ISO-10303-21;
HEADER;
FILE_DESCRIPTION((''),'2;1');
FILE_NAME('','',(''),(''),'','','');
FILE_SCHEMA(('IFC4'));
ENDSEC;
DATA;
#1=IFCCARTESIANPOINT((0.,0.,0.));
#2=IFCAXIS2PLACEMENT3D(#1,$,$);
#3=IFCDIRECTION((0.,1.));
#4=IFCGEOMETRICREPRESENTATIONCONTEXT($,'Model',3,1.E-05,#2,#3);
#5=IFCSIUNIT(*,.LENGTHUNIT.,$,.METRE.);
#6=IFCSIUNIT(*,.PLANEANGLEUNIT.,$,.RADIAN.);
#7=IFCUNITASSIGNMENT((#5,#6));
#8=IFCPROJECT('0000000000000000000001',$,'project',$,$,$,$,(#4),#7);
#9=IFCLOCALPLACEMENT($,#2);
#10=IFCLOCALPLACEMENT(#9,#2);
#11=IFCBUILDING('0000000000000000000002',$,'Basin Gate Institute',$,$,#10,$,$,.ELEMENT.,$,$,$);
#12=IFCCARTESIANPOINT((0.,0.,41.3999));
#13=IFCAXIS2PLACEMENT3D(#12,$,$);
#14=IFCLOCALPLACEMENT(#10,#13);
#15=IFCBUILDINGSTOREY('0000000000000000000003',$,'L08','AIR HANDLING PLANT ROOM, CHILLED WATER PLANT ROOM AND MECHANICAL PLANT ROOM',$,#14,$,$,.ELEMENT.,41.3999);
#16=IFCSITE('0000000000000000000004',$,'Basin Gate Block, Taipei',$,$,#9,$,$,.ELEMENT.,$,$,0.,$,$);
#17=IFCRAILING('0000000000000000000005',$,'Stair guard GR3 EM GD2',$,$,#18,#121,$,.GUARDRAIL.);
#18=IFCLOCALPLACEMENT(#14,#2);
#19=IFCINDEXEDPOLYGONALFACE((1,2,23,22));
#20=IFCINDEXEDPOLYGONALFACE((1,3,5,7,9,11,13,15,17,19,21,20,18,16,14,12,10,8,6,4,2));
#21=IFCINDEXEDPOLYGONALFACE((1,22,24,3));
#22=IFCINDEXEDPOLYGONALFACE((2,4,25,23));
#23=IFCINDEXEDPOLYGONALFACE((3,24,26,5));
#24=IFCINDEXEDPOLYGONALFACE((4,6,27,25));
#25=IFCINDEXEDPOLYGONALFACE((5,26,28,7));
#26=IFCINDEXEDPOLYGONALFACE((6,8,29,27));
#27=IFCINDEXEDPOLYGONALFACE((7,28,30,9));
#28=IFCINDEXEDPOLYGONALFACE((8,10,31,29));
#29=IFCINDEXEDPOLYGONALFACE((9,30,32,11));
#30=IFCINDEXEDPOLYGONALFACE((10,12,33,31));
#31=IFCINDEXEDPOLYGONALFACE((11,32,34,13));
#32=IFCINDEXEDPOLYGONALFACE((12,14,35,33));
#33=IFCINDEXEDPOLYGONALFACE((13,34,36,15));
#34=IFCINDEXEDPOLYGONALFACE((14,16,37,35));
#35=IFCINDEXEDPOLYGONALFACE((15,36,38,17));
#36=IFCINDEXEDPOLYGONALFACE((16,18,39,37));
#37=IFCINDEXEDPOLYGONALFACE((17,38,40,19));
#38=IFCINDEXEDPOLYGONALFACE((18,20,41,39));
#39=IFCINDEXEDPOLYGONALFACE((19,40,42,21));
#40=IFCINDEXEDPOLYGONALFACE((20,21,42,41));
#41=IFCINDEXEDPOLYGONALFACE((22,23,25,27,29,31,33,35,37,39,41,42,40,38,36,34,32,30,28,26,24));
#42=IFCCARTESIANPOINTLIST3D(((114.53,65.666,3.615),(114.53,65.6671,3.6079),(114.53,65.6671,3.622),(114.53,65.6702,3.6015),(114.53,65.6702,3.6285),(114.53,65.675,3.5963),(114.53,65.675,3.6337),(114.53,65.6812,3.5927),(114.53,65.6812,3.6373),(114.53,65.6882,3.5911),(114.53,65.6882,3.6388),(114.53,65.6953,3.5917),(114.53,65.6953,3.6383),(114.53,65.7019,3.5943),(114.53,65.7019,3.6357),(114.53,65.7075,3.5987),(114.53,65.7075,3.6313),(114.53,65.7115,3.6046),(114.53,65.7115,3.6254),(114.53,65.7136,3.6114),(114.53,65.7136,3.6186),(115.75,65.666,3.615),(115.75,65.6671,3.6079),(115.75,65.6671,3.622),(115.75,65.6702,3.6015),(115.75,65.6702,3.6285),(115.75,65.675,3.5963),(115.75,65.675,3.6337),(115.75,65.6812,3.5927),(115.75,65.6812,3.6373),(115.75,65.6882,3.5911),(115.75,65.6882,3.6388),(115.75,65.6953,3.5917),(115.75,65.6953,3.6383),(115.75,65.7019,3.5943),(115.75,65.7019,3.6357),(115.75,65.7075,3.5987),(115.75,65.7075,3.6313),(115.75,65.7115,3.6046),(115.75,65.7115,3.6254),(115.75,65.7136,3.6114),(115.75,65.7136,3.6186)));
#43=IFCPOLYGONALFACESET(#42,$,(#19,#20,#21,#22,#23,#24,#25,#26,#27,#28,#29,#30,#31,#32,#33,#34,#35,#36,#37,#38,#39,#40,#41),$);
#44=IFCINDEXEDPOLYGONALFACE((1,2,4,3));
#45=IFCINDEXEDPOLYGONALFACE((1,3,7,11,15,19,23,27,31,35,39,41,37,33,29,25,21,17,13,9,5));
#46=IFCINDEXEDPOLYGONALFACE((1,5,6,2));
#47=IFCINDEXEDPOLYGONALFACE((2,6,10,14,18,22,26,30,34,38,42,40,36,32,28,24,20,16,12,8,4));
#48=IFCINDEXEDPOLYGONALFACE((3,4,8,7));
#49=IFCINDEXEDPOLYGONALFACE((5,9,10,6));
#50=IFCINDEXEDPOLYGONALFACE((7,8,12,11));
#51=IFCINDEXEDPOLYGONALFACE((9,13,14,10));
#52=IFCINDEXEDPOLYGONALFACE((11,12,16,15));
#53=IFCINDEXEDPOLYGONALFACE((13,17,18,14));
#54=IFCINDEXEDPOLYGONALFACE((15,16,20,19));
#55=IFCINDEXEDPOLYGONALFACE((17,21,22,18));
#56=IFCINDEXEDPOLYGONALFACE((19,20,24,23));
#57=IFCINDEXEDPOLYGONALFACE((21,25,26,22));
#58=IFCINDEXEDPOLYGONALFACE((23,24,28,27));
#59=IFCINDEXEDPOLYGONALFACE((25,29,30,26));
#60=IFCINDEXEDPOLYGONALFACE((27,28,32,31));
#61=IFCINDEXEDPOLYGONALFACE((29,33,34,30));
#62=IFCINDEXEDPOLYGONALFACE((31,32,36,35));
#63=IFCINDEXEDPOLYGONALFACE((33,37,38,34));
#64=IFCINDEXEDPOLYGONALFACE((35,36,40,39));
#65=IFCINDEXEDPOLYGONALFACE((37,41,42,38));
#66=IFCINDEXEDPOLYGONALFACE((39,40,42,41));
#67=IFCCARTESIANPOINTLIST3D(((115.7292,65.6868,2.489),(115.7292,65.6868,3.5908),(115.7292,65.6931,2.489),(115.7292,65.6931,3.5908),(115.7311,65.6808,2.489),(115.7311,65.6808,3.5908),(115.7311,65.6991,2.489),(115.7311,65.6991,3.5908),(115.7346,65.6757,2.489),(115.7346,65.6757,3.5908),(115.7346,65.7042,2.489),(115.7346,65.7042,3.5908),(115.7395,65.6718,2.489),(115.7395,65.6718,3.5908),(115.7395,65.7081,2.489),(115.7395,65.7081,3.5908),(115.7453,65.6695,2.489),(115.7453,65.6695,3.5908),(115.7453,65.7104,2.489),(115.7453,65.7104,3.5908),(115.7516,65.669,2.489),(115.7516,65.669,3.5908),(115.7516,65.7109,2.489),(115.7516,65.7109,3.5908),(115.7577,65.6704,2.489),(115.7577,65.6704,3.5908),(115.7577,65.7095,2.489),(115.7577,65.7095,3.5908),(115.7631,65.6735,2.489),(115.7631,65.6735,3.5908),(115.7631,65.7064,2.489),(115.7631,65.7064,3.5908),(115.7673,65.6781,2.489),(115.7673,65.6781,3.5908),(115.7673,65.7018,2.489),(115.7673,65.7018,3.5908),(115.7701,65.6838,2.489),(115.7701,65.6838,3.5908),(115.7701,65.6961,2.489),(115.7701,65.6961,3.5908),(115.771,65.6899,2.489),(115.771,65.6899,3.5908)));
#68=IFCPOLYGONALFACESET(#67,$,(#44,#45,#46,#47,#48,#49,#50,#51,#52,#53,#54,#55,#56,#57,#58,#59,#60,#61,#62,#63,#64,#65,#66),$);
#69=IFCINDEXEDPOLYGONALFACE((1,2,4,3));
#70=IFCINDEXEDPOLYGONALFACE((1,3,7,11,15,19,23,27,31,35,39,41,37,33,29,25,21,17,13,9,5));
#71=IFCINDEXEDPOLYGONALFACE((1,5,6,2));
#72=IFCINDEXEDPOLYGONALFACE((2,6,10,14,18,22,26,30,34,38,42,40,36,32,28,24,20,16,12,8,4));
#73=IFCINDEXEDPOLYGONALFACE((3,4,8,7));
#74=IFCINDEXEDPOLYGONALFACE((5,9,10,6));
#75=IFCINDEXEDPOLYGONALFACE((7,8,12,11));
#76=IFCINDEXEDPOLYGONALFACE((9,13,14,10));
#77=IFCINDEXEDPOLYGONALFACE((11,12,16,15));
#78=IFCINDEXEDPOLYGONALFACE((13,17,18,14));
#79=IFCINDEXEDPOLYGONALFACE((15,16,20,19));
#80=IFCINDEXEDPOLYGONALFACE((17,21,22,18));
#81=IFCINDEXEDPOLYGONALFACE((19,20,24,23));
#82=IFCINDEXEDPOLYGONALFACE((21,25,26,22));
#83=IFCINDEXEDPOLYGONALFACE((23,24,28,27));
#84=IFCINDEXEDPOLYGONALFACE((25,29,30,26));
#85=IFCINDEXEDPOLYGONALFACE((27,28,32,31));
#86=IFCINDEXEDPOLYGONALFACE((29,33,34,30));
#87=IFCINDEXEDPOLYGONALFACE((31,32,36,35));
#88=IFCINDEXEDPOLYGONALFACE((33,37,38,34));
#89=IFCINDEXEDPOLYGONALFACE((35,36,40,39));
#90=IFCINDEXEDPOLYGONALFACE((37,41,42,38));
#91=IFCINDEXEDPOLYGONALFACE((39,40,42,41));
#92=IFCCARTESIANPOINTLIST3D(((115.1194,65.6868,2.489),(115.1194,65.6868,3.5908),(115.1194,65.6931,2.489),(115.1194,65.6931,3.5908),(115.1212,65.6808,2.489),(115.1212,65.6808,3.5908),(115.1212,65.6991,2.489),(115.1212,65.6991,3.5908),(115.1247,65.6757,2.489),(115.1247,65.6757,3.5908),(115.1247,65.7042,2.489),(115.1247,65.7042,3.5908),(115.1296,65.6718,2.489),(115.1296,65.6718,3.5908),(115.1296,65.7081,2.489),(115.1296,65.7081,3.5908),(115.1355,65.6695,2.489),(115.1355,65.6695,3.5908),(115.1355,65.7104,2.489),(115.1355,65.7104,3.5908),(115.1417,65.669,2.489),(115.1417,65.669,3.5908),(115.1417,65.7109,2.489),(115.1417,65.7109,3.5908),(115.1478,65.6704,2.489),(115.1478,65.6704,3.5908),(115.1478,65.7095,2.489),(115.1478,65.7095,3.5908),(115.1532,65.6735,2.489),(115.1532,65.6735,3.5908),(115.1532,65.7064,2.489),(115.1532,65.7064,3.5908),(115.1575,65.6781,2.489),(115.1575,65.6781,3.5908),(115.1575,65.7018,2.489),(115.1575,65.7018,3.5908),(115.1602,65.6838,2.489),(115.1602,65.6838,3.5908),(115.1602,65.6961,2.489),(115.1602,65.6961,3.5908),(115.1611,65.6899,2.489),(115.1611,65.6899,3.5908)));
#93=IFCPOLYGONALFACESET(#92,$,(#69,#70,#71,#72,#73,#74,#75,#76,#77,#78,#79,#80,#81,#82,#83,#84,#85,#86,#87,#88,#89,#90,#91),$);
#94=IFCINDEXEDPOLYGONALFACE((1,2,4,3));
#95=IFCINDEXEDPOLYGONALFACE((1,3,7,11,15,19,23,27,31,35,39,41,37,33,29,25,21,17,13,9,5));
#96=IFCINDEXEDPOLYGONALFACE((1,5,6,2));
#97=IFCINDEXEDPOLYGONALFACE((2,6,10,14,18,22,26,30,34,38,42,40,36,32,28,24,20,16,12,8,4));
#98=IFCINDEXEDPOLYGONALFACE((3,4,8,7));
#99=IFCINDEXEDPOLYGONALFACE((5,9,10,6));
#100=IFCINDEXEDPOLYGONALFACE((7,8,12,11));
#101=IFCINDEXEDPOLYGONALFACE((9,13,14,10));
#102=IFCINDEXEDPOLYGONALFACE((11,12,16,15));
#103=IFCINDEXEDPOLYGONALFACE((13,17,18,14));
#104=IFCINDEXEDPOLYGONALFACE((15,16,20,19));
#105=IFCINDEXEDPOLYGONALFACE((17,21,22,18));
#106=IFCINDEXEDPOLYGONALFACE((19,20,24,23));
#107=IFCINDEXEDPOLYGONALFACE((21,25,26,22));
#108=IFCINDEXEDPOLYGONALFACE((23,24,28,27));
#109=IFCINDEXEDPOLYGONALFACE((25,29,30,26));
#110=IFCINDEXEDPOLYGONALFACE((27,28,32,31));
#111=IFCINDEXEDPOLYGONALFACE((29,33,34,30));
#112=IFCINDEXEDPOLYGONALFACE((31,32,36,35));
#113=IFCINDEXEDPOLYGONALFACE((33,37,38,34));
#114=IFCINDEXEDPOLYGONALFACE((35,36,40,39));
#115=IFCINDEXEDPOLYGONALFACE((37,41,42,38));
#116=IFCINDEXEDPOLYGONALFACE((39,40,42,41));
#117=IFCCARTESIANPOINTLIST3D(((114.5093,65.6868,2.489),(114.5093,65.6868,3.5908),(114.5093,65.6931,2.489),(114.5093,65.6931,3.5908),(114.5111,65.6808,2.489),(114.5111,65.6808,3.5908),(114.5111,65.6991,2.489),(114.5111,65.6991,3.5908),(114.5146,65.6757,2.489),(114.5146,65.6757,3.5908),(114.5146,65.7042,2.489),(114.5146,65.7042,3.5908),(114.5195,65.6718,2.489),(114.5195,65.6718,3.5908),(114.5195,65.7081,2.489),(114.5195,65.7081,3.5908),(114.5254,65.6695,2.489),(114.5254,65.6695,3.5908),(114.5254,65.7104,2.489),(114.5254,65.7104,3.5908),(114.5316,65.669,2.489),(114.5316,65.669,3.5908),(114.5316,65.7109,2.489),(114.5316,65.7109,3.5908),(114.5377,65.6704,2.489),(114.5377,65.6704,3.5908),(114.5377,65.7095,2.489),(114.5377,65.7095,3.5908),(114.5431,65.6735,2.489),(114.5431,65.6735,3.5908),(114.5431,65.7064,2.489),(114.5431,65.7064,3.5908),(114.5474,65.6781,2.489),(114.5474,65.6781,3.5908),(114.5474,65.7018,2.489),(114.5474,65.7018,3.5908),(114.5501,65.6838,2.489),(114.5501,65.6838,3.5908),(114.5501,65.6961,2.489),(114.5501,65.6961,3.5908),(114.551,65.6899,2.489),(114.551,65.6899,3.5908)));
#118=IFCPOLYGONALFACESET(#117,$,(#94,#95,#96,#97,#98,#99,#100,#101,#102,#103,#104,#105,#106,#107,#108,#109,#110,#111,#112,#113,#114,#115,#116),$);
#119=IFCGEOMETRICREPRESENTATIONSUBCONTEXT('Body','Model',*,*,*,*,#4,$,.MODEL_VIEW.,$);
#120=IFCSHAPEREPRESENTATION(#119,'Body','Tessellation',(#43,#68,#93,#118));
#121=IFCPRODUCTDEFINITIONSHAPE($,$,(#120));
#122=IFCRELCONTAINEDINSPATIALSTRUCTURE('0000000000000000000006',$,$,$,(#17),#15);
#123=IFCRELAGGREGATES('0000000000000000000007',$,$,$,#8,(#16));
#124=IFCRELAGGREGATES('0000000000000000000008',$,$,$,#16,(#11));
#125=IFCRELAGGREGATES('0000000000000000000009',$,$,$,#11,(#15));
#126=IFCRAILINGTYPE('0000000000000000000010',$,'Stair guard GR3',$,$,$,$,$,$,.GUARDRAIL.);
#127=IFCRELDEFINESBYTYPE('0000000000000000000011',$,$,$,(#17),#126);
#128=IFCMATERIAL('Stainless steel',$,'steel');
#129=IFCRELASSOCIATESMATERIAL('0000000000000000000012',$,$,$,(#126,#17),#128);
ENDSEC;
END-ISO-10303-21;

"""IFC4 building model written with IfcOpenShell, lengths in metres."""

from ifc_helpers import new_model, si_unit, direction, frame, origin, origin_2d, place, context, subcontext, project, spatial, circle, extrude, material, type_object, element, save


model = new_model("IFC4")

# Units and contexts
model_context = context("Model", 3, precision=1e-05, world=origin(), true_north=direction((0.0, 1.0)))
body_context = subcontext(model_context, "Body", "Model", "MODEL_VIEW")
ifc_project = project(units=[si_unit("LENGTHUNIT", "METRE"), si_unit("PLANEANGLEUNIT", "RADIAN")], contexts=[model_context])

# Site, building, storey
site_placement = place(None, origin())
site = spatial("IfcSite", under=ifc_project, at=site_placement, Name="Basin Gate Block, Taipei", CompositionType="ELEMENT", RefElevation=0.0)
building_placement = place(site_placement, origin())
building = spatial("IfcBuilding", under=site, at=building_placement, Name="Basin Gate Institute", CompositionType="ELEMENT")
storey_placement = place(building_placement, frame((0.0, 0.0, 41.3999)))
storey = spatial("IfcBuildingStorey", under=building, at=storey_placement, Name="L08", Description="AIR HANDLING PLANT ROOM, CHILLED WATER PLANT ROOM AND MECHANICAL PLANT ROOM", CompositionType="ELEMENT", Elevation=41.3999)

# Railing
ifc_material_1 = material(Name="Stainless steel", Category="steel")
railing_type_1 = type_object("IfcRailingType", Name="Stair guard GR3", PredefinedType="GUARDRAIL", material=ifc_material_1)
railing_1_placement = place(storey_placement, frame((115.75, 65.6899, 2.489)))
element("IfcRailing", 1, at=railing_1_placement, inside=storey, type_object=railing_type_1, material=ifc_material_1, Name="Stair guard GR3 EM GD2", PredefinedType="GUARDRAIL", context=body_context, shape_type="SweptSolid", body=[
    extrude(circle(Radius=0.0239, at=origin_2d()), frame((0.0, 0.0, 1.126), z_axis=(-1.0, 0.0, 0.0), x_axis=(0.0, -1.0, 0.0)), (0.0, 0.0, 1.0), 1.22),
    extrude(circle(Radius=0.021, at=origin_2d()), origin(), (0.0, 0.0, 1.0), 1.1018),
    extrude(circle(Radius=0.021, at=origin_2d()), frame((-0.6099, 0.0, 0.0)), (0.0, 0.0, 1.0), 1.1018),
    extrude(circle(Radius=0.021, at=origin_2d()), frame((-1.22, 0.0, 0.0)), (0.0, 0.0, 1.0), 1.1018),
])

save(model, "model.ifc")
